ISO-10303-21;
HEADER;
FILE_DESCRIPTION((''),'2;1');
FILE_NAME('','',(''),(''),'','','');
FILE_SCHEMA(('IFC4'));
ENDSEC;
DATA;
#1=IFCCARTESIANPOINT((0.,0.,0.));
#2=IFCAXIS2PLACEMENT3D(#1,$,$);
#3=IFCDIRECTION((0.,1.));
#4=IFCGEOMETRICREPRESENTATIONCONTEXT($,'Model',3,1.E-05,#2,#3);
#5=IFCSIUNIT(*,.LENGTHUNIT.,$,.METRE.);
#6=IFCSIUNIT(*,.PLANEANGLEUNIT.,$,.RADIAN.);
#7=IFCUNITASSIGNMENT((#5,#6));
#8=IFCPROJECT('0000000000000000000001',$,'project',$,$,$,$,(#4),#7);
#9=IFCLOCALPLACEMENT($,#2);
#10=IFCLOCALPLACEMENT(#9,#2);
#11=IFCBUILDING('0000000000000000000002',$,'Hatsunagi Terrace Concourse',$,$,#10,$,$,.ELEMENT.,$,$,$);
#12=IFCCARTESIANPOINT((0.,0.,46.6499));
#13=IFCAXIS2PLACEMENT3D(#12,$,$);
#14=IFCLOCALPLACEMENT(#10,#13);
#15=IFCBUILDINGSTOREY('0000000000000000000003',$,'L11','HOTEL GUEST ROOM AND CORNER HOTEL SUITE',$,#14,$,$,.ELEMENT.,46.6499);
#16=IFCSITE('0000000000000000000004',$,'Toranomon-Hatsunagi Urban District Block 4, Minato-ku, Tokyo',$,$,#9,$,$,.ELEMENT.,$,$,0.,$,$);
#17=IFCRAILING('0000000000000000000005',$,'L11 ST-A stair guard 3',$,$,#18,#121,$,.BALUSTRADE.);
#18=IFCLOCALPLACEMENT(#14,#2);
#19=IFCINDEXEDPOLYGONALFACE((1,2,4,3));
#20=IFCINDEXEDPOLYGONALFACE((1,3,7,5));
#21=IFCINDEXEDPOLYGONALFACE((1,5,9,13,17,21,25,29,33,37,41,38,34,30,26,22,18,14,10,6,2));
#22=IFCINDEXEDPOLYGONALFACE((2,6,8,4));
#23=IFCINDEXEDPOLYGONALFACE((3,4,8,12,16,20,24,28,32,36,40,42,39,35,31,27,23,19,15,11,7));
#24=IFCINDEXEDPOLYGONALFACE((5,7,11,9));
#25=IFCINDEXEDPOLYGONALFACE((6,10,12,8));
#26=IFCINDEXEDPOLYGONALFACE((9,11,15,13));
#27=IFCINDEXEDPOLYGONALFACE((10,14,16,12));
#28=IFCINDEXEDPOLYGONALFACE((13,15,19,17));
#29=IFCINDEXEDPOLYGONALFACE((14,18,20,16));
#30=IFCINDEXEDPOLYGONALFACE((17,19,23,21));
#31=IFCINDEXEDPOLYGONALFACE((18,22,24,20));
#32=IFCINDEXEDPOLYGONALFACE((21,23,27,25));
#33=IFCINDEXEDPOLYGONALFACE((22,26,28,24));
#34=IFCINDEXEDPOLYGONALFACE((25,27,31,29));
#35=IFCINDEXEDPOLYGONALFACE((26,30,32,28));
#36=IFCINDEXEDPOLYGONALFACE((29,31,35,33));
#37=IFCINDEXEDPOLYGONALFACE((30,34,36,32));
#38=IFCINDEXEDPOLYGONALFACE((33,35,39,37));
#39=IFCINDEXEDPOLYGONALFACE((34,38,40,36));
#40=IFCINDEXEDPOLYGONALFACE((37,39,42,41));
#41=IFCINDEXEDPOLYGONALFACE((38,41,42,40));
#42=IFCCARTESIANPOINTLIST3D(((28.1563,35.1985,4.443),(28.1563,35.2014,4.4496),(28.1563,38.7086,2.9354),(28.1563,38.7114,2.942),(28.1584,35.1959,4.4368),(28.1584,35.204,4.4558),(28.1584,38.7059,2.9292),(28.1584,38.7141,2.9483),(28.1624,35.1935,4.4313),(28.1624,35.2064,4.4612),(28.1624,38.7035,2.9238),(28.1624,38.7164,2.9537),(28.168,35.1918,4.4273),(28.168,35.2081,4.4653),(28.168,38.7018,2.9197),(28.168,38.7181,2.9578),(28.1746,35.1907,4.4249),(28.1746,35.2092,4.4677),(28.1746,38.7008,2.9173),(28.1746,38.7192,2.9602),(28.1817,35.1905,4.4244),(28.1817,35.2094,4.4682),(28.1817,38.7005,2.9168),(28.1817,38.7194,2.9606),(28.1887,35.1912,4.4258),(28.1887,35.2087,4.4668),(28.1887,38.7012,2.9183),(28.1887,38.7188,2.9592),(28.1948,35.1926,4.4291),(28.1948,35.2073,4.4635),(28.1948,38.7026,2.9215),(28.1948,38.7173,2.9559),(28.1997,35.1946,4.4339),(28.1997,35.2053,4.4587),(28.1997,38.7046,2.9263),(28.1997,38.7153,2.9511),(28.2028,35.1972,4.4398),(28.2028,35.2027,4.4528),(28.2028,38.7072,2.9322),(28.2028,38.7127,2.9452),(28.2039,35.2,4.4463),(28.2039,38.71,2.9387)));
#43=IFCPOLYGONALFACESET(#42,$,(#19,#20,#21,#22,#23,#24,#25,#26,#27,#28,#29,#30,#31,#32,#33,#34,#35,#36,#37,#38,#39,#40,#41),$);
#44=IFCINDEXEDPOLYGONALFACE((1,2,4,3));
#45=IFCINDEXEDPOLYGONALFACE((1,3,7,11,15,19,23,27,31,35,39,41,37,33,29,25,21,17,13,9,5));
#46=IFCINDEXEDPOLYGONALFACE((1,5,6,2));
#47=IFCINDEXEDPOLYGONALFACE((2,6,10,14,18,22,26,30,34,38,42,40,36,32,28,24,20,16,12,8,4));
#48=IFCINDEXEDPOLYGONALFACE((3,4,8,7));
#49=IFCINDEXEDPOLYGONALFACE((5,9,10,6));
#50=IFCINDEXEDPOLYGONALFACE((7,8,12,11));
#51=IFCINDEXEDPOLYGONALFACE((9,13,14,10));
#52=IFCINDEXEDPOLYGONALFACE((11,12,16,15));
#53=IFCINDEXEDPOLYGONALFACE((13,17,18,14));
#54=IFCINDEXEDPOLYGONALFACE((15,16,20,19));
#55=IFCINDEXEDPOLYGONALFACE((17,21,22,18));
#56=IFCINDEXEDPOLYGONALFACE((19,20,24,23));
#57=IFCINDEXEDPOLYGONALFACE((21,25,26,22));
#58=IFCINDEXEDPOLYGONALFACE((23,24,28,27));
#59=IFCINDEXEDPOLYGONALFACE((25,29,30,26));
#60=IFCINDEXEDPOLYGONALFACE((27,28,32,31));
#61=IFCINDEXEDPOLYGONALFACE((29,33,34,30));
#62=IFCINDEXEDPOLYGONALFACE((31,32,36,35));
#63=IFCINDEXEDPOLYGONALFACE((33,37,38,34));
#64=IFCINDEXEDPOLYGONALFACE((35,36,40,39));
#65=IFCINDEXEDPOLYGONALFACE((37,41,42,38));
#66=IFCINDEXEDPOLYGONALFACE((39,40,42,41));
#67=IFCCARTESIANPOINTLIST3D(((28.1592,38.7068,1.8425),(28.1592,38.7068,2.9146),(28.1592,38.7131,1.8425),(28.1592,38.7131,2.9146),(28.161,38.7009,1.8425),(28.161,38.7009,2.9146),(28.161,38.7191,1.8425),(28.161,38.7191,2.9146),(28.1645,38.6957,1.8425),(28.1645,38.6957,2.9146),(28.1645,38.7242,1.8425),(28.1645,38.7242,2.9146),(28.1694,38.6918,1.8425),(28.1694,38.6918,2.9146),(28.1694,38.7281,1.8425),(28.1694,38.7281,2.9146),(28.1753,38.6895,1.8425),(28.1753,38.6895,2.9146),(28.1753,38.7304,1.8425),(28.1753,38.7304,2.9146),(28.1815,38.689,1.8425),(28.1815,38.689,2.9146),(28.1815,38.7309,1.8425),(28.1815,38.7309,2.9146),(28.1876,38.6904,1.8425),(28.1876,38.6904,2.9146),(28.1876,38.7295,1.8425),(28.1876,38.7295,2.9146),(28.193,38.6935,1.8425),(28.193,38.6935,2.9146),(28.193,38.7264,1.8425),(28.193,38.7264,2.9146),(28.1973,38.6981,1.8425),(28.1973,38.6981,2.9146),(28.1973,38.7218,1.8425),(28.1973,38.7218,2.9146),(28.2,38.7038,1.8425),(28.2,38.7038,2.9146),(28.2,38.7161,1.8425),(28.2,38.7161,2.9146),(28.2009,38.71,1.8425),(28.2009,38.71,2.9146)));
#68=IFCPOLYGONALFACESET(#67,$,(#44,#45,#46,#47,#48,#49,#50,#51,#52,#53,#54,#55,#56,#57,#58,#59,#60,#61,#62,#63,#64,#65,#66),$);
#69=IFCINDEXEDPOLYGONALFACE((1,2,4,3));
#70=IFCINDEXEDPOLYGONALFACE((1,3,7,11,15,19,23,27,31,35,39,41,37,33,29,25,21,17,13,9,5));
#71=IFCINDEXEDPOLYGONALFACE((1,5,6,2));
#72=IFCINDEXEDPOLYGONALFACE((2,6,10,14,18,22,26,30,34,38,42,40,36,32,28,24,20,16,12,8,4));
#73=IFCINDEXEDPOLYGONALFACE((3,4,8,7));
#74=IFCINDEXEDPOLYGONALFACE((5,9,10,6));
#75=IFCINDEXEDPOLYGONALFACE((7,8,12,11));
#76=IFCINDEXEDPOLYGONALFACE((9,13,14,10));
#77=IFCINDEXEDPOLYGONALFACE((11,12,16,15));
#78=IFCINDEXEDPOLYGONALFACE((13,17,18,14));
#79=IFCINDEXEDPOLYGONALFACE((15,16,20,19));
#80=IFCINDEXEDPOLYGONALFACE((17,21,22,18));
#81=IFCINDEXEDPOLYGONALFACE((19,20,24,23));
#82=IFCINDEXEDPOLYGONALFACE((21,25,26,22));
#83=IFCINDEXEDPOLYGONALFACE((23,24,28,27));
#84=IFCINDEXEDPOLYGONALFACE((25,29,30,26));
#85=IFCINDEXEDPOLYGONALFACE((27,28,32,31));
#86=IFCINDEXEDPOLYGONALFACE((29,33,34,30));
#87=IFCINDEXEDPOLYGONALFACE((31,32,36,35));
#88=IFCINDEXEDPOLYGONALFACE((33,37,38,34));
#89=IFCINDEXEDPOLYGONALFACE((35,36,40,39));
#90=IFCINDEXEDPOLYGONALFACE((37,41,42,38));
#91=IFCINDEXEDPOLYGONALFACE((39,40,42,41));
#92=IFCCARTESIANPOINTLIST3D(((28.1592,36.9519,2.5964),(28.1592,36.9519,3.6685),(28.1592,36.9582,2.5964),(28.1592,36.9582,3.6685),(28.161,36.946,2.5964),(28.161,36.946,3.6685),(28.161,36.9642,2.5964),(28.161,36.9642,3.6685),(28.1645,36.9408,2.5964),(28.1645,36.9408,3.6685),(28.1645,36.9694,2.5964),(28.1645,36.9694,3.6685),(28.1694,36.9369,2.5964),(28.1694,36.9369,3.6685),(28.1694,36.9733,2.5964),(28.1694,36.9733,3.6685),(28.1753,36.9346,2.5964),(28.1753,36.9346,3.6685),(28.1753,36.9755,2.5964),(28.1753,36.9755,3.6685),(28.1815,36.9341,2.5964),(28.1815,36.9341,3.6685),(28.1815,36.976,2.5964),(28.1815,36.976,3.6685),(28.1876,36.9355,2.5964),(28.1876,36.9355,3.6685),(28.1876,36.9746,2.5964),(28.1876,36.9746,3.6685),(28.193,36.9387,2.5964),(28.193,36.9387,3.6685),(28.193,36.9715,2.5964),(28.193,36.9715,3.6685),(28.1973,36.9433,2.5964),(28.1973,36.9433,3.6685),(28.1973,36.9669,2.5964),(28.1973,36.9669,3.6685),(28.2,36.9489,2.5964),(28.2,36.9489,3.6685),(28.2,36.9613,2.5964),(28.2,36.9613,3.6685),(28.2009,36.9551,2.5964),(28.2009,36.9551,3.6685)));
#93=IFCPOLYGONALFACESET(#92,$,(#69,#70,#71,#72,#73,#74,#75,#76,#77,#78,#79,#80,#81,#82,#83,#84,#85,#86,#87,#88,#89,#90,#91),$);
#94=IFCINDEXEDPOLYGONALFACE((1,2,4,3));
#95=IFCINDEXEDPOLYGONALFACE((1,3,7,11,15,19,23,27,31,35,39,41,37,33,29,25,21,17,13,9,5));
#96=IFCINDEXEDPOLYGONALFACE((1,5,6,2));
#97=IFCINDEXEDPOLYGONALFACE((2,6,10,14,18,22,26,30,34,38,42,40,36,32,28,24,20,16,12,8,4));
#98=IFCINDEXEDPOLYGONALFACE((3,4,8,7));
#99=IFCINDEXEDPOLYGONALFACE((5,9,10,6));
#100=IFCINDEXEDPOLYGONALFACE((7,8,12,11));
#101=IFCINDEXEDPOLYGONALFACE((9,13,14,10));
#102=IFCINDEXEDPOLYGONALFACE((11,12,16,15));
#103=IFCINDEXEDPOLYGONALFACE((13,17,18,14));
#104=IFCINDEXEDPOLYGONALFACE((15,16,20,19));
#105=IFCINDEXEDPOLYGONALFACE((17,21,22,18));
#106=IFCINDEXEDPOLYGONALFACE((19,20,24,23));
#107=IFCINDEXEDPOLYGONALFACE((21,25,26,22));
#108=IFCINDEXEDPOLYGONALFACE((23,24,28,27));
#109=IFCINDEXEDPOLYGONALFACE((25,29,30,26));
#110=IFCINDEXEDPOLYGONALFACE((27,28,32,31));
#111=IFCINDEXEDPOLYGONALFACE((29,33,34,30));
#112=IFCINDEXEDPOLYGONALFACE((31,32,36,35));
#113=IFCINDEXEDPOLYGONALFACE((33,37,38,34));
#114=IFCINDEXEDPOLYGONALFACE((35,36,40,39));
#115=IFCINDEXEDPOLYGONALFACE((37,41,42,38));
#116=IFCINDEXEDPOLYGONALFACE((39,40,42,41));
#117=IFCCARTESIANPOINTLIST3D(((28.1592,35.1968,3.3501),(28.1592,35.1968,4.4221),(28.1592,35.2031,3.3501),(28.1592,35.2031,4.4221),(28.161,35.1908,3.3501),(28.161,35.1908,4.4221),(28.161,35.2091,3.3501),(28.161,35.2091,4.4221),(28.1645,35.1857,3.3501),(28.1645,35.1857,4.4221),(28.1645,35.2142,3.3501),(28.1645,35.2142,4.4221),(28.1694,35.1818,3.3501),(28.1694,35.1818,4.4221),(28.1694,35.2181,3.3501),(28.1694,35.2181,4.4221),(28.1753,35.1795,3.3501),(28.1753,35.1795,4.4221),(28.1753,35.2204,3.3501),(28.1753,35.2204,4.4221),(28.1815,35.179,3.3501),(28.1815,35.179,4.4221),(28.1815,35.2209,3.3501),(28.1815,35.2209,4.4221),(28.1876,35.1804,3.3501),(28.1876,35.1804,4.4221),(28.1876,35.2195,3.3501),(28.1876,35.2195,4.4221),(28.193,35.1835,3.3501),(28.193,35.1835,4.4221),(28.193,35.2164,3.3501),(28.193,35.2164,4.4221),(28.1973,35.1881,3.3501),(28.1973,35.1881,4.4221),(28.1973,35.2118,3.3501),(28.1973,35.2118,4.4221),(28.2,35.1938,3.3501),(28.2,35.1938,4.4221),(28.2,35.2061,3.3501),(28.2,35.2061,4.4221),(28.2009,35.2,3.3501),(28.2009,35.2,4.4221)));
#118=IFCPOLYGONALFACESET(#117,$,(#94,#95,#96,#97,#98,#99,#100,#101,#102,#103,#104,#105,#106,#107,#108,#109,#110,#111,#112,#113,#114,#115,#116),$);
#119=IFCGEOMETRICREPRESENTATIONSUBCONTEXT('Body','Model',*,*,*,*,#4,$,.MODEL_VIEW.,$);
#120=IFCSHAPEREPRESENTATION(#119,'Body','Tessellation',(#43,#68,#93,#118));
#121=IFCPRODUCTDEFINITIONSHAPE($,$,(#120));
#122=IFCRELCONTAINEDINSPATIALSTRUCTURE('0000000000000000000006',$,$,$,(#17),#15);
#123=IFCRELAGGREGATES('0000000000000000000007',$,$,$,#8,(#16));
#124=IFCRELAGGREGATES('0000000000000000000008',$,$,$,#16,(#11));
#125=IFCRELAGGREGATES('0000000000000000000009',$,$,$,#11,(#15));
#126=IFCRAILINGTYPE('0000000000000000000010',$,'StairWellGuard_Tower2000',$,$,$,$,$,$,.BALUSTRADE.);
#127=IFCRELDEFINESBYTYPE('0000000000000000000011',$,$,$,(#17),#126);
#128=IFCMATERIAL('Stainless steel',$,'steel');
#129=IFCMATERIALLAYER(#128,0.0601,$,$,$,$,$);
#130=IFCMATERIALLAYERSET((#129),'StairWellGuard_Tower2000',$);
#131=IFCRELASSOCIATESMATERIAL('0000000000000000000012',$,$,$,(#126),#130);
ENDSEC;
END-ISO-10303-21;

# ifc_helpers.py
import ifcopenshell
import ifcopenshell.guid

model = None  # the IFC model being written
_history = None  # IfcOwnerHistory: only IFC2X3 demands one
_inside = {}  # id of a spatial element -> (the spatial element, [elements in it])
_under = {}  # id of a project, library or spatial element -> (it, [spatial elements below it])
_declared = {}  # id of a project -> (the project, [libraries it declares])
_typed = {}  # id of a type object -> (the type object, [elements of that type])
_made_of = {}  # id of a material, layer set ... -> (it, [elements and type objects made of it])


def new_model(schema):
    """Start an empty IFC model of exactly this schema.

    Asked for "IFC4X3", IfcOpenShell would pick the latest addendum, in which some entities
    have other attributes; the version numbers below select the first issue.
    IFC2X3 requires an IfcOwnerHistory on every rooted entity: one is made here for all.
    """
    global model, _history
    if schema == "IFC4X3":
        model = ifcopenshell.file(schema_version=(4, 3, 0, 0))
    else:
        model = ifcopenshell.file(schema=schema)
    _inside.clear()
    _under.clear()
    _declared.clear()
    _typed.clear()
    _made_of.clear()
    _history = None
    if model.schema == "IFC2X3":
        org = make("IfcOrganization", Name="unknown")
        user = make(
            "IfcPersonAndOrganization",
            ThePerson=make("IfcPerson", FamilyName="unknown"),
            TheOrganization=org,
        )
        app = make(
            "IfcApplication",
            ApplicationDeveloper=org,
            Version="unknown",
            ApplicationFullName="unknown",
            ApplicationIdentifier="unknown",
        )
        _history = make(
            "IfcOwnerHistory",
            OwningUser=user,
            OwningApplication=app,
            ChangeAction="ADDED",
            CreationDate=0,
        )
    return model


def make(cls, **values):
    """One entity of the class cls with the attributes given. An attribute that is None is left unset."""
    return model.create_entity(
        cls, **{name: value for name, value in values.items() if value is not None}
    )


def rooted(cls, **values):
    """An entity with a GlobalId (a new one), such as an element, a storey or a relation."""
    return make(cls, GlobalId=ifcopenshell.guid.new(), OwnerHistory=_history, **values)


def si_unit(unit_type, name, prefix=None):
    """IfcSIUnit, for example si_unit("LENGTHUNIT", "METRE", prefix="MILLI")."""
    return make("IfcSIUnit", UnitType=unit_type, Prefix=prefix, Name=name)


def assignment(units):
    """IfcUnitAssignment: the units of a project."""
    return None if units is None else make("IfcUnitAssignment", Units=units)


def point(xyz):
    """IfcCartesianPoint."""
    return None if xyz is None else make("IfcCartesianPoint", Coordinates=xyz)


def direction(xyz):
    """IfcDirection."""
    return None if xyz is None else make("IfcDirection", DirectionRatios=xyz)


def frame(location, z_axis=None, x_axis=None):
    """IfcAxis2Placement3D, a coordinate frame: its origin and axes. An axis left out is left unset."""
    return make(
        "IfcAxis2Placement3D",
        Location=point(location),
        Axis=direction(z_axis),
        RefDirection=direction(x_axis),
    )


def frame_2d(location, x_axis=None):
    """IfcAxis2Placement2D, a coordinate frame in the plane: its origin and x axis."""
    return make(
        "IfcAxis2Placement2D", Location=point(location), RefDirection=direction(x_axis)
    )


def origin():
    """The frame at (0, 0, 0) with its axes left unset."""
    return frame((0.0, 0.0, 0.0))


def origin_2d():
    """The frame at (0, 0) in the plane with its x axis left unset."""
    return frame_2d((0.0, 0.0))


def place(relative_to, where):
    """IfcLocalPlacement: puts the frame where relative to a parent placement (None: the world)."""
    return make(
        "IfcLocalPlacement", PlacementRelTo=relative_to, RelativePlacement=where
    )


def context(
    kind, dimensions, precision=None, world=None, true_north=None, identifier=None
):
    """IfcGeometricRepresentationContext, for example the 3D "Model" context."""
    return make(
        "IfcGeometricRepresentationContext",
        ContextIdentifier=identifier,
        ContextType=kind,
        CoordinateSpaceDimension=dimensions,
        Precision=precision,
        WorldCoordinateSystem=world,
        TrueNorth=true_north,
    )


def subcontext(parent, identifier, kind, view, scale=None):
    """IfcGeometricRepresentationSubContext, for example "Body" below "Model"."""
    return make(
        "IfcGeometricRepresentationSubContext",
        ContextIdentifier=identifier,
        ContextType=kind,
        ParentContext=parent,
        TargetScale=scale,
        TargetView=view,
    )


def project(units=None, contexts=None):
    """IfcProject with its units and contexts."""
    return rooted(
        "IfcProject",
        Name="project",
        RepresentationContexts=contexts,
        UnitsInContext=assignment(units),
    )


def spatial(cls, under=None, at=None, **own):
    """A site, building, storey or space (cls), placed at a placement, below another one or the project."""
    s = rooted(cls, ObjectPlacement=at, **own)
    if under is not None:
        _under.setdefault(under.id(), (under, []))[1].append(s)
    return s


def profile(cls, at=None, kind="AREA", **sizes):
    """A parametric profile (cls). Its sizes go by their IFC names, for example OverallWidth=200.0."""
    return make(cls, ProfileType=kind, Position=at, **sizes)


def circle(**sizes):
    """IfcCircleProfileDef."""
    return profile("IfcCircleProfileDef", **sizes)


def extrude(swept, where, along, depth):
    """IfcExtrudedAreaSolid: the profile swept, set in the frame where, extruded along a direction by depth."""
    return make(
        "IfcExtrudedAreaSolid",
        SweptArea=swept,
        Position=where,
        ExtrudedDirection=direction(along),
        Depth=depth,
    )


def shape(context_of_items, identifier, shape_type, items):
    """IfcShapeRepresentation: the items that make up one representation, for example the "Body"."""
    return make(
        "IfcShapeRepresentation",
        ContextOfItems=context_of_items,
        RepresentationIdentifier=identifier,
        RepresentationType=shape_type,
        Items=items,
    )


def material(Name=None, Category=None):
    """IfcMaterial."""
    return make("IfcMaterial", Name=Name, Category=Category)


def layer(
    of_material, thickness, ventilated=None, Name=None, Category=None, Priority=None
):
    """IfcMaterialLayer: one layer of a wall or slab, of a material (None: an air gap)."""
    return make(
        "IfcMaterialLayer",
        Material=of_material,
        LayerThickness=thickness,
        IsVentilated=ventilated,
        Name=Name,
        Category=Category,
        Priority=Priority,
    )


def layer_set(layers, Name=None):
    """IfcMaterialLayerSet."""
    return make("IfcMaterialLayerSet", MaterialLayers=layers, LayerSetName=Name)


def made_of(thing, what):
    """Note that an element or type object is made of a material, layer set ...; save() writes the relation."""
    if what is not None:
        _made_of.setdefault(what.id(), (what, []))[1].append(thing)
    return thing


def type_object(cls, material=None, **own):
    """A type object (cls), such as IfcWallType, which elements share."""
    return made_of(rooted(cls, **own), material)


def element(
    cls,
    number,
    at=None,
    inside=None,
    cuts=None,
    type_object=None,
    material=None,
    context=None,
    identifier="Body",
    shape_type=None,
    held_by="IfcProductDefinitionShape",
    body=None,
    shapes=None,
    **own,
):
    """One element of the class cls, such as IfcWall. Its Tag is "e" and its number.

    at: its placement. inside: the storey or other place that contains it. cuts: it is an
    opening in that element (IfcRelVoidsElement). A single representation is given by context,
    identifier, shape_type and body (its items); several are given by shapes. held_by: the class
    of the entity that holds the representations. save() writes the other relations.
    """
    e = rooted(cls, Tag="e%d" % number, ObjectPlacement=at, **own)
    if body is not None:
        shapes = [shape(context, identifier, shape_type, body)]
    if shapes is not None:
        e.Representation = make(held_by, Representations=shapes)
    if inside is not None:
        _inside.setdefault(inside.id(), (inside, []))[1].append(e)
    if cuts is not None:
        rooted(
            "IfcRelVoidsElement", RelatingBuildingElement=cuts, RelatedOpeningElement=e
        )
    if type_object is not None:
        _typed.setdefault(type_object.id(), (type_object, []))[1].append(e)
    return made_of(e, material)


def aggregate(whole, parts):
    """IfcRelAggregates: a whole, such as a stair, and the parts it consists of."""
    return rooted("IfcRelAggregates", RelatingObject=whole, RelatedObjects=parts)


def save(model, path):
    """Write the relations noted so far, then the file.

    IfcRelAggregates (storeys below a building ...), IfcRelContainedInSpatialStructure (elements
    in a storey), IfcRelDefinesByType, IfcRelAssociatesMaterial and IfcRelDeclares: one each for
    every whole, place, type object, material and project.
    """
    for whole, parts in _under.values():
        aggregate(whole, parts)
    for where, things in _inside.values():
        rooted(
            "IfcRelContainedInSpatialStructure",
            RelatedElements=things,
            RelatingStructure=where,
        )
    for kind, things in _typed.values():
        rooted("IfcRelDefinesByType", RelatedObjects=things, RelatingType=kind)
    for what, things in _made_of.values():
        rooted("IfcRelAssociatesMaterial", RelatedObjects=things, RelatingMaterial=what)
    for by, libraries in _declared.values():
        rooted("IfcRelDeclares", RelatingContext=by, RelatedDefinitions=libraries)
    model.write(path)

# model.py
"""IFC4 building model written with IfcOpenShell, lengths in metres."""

from ifc_helpers import new_model, si_unit, direction, frame, origin, origin_2d, place, context, subcontext, project, spatial, circle, extrude, material, layer, layer_set, type_object, element, save


model = new_model("IFC4")

# Units and contexts
model_context = context("Model", 3, precision=1e-05, world=origin(), true_north=direction((0.0, 1.0)))
body_context = subcontext(model_context, "Body", "Model", "MODEL_VIEW")
ifc_project = project(units=[si_unit("LENGTHUNIT", "METRE"), si_unit("PLANEANGLEUNIT", "RADIAN")], contexts=[model_context])

# Site, building, storey
site_placement = place(None, origin())
site = spatial("IfcSite", under=ifc_project, at=site_placement, Name="Toranomon-Hatsunagi Urban District Block 4, Minato-ku, Tokyo", CompositionType="ELEMENT", RefElevation=0.0)
building_placement = place(site_placement, origin())
building = spatial("IfcBuilding", under=site, at=building_placement, Name="Hatsunagi Terrace Concourse", CompositionType="ELEMENT")
storey_placement = place(building_placement, frame((0.0, 0.0, 46.6499)))
storey = spatial("IfcBuildingStorey", under=building, at=storey_placement, Name="L11", Description="HOTEL GUEST ROOM AND CORNER HOTEL SUITE", CompositionType="ELEMENT", Elevation=46.6499)

# Railing
ifc_material_1 = material(Name="Stainless steel", Category="steel")
ifc_layer_1 = layer(ifc_material_1, 0.0601)
ifc_layer_set_1 = layer_set([ifc_layer_1], Name="StairWellGuard_Tower2000")
railing_type_1 = type_object("IfcRailingType", Name="StairWellGuard_Tower2000", PredefinedType="BALUSTRADE", material=ifc_layer_set_1)
railing_1_placement = place(storey_placement, frame((28.1799, 38.71, 1.8425)))
element("IfcRailing", 1, at=railing_1_placement, inside=storey, type_object=railing_type_1, Name="L11 ST-A stair guard 3", PredefinedType="BALUSTRADE", context=body_context, shape_type="SweptSolid", body=[
    extrude(circle(Radius=0.0239, at=origin_2d()), frame((0.0, 0.0, 1.0962), z_axis=(0.0, -0.918834, 0.394644), x_axis=(1.0, 0.0, 0.0)), (0.0, 0.0, 1.0), 3.8201),
    extrude(circle(Radius=0.021, at=origin_2d()), origin(), (0.0, 0.0, 1.0), 1.072),
    extrude(circle(Radius=0.021, at=origin_2d()), frame((0.0, -1.7549, 0.7539)), (0.0, 0.0, 1.0), 1.072),
    extrude(circle(Radius=0.021, at=origin_2d()), frame((0.0, -3.51, 1.5076)), (0.0, 0.0, 1.0), 1.072),
])

save(model, "model.ifc")
